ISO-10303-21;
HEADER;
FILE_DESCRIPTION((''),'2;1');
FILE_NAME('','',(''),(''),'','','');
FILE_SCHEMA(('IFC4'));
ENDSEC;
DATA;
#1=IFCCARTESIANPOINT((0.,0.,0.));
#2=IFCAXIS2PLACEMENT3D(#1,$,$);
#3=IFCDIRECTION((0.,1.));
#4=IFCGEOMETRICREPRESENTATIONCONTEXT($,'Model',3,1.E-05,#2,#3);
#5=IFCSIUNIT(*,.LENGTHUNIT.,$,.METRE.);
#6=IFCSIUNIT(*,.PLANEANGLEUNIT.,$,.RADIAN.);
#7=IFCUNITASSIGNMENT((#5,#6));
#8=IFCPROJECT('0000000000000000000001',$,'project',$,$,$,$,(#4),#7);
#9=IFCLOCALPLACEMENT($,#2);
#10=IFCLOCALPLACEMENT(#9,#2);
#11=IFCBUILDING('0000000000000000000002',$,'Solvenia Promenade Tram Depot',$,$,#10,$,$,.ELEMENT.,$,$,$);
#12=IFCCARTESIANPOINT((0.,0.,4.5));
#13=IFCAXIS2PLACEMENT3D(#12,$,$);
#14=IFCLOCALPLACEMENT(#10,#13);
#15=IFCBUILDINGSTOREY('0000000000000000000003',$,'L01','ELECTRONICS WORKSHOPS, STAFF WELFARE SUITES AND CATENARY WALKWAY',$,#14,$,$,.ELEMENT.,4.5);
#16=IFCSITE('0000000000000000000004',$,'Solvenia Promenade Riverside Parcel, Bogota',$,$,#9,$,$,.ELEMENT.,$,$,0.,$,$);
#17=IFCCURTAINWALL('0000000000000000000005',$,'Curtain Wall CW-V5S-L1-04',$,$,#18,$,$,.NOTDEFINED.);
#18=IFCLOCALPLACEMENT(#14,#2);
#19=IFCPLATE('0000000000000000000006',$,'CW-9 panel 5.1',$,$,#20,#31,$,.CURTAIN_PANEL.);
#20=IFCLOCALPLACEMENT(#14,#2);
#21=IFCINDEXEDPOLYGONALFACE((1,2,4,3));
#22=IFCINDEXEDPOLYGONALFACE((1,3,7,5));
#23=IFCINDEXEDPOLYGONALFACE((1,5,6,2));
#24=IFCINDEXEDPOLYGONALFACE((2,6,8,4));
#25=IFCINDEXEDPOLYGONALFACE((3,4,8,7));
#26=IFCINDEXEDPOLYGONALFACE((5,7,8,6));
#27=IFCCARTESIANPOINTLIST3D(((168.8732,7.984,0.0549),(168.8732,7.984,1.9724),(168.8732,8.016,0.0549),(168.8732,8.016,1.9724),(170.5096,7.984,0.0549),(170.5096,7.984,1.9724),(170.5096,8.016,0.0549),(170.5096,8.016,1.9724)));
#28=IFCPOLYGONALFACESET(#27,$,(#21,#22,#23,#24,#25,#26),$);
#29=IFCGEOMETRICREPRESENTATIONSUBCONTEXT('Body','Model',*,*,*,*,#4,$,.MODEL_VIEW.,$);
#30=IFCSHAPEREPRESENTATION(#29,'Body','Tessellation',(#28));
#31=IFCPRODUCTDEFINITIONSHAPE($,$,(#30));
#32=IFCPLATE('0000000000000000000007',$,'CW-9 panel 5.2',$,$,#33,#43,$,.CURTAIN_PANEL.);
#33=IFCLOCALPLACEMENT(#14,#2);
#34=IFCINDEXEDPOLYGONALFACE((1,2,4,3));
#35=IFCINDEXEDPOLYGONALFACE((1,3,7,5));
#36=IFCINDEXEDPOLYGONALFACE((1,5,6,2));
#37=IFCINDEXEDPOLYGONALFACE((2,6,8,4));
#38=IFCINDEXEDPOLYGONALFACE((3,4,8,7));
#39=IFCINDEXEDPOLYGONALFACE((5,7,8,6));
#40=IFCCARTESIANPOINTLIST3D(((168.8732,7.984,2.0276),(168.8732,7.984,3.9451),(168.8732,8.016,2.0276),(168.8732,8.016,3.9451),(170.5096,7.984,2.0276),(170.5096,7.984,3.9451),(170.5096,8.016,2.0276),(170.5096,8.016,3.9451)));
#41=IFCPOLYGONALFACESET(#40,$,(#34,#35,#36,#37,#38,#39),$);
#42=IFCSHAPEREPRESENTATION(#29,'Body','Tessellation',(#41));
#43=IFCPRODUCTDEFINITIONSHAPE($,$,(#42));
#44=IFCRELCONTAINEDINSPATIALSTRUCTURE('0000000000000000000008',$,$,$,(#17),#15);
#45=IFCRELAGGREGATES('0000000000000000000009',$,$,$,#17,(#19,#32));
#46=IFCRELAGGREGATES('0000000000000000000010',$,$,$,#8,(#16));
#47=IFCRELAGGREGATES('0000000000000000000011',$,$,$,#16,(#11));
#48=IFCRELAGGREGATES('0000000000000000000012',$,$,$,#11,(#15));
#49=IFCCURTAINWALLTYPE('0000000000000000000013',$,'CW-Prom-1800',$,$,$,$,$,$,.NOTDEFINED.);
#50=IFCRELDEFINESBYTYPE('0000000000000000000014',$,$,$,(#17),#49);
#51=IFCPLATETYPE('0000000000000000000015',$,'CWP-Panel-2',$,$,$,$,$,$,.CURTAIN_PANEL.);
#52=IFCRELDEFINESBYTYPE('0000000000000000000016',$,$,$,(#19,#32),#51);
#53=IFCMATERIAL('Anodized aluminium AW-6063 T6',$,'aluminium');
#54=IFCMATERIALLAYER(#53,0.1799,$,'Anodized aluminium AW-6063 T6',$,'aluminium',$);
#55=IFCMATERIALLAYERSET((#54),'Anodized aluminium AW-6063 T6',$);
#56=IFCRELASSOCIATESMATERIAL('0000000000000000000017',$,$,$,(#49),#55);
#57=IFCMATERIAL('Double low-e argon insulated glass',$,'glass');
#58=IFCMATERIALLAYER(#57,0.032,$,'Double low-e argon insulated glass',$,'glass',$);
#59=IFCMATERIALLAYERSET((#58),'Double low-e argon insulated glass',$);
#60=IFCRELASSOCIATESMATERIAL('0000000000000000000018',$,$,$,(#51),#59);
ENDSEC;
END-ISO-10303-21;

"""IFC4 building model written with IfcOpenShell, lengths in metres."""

from ifc_helpers import new_model, si_unit, direction, frame, origin, origin_2d, place, context, subcontext, project, spatial, rectangle, extrude, material, layer, layer_set, type_object, element, aggregate, save


model = new_model("IFC4")

# Units and contexts
model_context = context("Model", 3, precision=1e-05, world=origin(), true_north=direction((0.0, 1.0)))
body_context = subcontext(model_context, "Body", "Model", "MODEL_VIEW")
ifc_project = project(units=[si_unit("LENGTHUNIT", "METRE"), si_unit("PLANEANGLEUNIT", "RADIAN")], contexts=[model_context])

# Site, building, storey
site_placement = place(None, origin())
site = spatial("IfcSite", under=ifc_project, at=site_placement, Name="Solvenia Promenade Riverside Parcel, Bogota", CompositionType="ELEMENT", RefElevation=0.0)
building_placement = place(site_placement, origin())
building = spatial("IfcBuilding", under=site, at=building_placement, Name="Solvenia Promenade Tram Depot", CompositionType="ELEMENT")
storey_placement = place(building_placement, frame((0.0, 0.0, 4.5)))
storey = spatial("IfcBuildingStorey", under=building, at=storey_placement, Name="L01", Description="ELECTRONICS WORKSHOPS, STAFF WELFARE SUITES AND CATENARY WALKWAY", CompositionType="ELEMENT", Elevation=4.5)

# Curtain wall, plates
ifc_material_1 = material(Name="Anodized aluminium AW-6063 T6", Category="aluminium")
ifc_layer_1 = layer(ifc_material_1, 0.1799, Name="Anodized aluminium AW-6063 T6", Category="aluminium")
ifc_layer_set_1 = layer_set([ifc_layer_1], Name="Anodized aluminium AW-6063 T6")
curtain_wall_type = type_object("IfcCurtainWallType", Name="CW-Prom-1800", PredefinedType="NOTDEFINED", material=ifc_layer_set_1)
curtain_wall_placement = place(storey_placement, origin())
curtain_wall = element("IfcCurtainWall", 1, at=curtain_wall_placement, inside=storey, type_object=curtain_wall_type, Name="Curtain Wall CW-V5S-L1-04", PredefinedType="NOTDEFINED")
ifc_material_2 = material(Name="Double low-e argon insulated glass", Category="glass")
ifc_layer_2 = layer(ifc_material_2, 0.032, Name="Double low-e argon insulated glass", Category="glass")
ifc_layer_set_2 = layer_set([ifc_layer_2], Name="Double low-e argon insulated glass")
plate_type = type_object("IfcPlateType", Name="CWP-Panel-2", PredefinedType="CURTAIN_PANEL", material=ifc_layer_set_2)
plate_1_placement = place(storey_placement, frame((169.6914, 8.0, 0.0549), z_axis=(0.0, 0.0, 1.0), x_axis=(1.0, 0.0, 0.0)))
plate_1 = element("IfcPlate", 2, at=plate_1_placement, type_object=plate_type, Name="CW-9 panel 5.1", PredefinedType="CURTAIN_PANEL", context=body_context, shape_type="SweptSolid", body=[
    extrude(rectangle(XDim=1.6365, YDim=0.032, at=origin_2d()), origin(), (0.0, 0.0, 1.0), 1.9175),
])
plate_2_placement = place(storey_placement, frame((169.6914, 8.0, 2.0276), z_axis=(0.0, 0.0, 1.0), x_axis=(1.0, 0.0, 0.0)))
plate_2 = element("IfcPlate", 3, at=plate_2_placement, type_object=plate_type, Name="CW-9 panel 5.2", PredefinedType="CURTAIN_PANEL", context=body_context, shape_type="SweptSolid", body=[
    extrude(rectangle(XDim=1.6365, YDim=0.032, at=origin_2d()), origin(), (0.0, 0.0, 1.0), 1.9175),
])
aggregate(curtain_wall, [plate_1, plate_2])

save(model, "model.ifc")
